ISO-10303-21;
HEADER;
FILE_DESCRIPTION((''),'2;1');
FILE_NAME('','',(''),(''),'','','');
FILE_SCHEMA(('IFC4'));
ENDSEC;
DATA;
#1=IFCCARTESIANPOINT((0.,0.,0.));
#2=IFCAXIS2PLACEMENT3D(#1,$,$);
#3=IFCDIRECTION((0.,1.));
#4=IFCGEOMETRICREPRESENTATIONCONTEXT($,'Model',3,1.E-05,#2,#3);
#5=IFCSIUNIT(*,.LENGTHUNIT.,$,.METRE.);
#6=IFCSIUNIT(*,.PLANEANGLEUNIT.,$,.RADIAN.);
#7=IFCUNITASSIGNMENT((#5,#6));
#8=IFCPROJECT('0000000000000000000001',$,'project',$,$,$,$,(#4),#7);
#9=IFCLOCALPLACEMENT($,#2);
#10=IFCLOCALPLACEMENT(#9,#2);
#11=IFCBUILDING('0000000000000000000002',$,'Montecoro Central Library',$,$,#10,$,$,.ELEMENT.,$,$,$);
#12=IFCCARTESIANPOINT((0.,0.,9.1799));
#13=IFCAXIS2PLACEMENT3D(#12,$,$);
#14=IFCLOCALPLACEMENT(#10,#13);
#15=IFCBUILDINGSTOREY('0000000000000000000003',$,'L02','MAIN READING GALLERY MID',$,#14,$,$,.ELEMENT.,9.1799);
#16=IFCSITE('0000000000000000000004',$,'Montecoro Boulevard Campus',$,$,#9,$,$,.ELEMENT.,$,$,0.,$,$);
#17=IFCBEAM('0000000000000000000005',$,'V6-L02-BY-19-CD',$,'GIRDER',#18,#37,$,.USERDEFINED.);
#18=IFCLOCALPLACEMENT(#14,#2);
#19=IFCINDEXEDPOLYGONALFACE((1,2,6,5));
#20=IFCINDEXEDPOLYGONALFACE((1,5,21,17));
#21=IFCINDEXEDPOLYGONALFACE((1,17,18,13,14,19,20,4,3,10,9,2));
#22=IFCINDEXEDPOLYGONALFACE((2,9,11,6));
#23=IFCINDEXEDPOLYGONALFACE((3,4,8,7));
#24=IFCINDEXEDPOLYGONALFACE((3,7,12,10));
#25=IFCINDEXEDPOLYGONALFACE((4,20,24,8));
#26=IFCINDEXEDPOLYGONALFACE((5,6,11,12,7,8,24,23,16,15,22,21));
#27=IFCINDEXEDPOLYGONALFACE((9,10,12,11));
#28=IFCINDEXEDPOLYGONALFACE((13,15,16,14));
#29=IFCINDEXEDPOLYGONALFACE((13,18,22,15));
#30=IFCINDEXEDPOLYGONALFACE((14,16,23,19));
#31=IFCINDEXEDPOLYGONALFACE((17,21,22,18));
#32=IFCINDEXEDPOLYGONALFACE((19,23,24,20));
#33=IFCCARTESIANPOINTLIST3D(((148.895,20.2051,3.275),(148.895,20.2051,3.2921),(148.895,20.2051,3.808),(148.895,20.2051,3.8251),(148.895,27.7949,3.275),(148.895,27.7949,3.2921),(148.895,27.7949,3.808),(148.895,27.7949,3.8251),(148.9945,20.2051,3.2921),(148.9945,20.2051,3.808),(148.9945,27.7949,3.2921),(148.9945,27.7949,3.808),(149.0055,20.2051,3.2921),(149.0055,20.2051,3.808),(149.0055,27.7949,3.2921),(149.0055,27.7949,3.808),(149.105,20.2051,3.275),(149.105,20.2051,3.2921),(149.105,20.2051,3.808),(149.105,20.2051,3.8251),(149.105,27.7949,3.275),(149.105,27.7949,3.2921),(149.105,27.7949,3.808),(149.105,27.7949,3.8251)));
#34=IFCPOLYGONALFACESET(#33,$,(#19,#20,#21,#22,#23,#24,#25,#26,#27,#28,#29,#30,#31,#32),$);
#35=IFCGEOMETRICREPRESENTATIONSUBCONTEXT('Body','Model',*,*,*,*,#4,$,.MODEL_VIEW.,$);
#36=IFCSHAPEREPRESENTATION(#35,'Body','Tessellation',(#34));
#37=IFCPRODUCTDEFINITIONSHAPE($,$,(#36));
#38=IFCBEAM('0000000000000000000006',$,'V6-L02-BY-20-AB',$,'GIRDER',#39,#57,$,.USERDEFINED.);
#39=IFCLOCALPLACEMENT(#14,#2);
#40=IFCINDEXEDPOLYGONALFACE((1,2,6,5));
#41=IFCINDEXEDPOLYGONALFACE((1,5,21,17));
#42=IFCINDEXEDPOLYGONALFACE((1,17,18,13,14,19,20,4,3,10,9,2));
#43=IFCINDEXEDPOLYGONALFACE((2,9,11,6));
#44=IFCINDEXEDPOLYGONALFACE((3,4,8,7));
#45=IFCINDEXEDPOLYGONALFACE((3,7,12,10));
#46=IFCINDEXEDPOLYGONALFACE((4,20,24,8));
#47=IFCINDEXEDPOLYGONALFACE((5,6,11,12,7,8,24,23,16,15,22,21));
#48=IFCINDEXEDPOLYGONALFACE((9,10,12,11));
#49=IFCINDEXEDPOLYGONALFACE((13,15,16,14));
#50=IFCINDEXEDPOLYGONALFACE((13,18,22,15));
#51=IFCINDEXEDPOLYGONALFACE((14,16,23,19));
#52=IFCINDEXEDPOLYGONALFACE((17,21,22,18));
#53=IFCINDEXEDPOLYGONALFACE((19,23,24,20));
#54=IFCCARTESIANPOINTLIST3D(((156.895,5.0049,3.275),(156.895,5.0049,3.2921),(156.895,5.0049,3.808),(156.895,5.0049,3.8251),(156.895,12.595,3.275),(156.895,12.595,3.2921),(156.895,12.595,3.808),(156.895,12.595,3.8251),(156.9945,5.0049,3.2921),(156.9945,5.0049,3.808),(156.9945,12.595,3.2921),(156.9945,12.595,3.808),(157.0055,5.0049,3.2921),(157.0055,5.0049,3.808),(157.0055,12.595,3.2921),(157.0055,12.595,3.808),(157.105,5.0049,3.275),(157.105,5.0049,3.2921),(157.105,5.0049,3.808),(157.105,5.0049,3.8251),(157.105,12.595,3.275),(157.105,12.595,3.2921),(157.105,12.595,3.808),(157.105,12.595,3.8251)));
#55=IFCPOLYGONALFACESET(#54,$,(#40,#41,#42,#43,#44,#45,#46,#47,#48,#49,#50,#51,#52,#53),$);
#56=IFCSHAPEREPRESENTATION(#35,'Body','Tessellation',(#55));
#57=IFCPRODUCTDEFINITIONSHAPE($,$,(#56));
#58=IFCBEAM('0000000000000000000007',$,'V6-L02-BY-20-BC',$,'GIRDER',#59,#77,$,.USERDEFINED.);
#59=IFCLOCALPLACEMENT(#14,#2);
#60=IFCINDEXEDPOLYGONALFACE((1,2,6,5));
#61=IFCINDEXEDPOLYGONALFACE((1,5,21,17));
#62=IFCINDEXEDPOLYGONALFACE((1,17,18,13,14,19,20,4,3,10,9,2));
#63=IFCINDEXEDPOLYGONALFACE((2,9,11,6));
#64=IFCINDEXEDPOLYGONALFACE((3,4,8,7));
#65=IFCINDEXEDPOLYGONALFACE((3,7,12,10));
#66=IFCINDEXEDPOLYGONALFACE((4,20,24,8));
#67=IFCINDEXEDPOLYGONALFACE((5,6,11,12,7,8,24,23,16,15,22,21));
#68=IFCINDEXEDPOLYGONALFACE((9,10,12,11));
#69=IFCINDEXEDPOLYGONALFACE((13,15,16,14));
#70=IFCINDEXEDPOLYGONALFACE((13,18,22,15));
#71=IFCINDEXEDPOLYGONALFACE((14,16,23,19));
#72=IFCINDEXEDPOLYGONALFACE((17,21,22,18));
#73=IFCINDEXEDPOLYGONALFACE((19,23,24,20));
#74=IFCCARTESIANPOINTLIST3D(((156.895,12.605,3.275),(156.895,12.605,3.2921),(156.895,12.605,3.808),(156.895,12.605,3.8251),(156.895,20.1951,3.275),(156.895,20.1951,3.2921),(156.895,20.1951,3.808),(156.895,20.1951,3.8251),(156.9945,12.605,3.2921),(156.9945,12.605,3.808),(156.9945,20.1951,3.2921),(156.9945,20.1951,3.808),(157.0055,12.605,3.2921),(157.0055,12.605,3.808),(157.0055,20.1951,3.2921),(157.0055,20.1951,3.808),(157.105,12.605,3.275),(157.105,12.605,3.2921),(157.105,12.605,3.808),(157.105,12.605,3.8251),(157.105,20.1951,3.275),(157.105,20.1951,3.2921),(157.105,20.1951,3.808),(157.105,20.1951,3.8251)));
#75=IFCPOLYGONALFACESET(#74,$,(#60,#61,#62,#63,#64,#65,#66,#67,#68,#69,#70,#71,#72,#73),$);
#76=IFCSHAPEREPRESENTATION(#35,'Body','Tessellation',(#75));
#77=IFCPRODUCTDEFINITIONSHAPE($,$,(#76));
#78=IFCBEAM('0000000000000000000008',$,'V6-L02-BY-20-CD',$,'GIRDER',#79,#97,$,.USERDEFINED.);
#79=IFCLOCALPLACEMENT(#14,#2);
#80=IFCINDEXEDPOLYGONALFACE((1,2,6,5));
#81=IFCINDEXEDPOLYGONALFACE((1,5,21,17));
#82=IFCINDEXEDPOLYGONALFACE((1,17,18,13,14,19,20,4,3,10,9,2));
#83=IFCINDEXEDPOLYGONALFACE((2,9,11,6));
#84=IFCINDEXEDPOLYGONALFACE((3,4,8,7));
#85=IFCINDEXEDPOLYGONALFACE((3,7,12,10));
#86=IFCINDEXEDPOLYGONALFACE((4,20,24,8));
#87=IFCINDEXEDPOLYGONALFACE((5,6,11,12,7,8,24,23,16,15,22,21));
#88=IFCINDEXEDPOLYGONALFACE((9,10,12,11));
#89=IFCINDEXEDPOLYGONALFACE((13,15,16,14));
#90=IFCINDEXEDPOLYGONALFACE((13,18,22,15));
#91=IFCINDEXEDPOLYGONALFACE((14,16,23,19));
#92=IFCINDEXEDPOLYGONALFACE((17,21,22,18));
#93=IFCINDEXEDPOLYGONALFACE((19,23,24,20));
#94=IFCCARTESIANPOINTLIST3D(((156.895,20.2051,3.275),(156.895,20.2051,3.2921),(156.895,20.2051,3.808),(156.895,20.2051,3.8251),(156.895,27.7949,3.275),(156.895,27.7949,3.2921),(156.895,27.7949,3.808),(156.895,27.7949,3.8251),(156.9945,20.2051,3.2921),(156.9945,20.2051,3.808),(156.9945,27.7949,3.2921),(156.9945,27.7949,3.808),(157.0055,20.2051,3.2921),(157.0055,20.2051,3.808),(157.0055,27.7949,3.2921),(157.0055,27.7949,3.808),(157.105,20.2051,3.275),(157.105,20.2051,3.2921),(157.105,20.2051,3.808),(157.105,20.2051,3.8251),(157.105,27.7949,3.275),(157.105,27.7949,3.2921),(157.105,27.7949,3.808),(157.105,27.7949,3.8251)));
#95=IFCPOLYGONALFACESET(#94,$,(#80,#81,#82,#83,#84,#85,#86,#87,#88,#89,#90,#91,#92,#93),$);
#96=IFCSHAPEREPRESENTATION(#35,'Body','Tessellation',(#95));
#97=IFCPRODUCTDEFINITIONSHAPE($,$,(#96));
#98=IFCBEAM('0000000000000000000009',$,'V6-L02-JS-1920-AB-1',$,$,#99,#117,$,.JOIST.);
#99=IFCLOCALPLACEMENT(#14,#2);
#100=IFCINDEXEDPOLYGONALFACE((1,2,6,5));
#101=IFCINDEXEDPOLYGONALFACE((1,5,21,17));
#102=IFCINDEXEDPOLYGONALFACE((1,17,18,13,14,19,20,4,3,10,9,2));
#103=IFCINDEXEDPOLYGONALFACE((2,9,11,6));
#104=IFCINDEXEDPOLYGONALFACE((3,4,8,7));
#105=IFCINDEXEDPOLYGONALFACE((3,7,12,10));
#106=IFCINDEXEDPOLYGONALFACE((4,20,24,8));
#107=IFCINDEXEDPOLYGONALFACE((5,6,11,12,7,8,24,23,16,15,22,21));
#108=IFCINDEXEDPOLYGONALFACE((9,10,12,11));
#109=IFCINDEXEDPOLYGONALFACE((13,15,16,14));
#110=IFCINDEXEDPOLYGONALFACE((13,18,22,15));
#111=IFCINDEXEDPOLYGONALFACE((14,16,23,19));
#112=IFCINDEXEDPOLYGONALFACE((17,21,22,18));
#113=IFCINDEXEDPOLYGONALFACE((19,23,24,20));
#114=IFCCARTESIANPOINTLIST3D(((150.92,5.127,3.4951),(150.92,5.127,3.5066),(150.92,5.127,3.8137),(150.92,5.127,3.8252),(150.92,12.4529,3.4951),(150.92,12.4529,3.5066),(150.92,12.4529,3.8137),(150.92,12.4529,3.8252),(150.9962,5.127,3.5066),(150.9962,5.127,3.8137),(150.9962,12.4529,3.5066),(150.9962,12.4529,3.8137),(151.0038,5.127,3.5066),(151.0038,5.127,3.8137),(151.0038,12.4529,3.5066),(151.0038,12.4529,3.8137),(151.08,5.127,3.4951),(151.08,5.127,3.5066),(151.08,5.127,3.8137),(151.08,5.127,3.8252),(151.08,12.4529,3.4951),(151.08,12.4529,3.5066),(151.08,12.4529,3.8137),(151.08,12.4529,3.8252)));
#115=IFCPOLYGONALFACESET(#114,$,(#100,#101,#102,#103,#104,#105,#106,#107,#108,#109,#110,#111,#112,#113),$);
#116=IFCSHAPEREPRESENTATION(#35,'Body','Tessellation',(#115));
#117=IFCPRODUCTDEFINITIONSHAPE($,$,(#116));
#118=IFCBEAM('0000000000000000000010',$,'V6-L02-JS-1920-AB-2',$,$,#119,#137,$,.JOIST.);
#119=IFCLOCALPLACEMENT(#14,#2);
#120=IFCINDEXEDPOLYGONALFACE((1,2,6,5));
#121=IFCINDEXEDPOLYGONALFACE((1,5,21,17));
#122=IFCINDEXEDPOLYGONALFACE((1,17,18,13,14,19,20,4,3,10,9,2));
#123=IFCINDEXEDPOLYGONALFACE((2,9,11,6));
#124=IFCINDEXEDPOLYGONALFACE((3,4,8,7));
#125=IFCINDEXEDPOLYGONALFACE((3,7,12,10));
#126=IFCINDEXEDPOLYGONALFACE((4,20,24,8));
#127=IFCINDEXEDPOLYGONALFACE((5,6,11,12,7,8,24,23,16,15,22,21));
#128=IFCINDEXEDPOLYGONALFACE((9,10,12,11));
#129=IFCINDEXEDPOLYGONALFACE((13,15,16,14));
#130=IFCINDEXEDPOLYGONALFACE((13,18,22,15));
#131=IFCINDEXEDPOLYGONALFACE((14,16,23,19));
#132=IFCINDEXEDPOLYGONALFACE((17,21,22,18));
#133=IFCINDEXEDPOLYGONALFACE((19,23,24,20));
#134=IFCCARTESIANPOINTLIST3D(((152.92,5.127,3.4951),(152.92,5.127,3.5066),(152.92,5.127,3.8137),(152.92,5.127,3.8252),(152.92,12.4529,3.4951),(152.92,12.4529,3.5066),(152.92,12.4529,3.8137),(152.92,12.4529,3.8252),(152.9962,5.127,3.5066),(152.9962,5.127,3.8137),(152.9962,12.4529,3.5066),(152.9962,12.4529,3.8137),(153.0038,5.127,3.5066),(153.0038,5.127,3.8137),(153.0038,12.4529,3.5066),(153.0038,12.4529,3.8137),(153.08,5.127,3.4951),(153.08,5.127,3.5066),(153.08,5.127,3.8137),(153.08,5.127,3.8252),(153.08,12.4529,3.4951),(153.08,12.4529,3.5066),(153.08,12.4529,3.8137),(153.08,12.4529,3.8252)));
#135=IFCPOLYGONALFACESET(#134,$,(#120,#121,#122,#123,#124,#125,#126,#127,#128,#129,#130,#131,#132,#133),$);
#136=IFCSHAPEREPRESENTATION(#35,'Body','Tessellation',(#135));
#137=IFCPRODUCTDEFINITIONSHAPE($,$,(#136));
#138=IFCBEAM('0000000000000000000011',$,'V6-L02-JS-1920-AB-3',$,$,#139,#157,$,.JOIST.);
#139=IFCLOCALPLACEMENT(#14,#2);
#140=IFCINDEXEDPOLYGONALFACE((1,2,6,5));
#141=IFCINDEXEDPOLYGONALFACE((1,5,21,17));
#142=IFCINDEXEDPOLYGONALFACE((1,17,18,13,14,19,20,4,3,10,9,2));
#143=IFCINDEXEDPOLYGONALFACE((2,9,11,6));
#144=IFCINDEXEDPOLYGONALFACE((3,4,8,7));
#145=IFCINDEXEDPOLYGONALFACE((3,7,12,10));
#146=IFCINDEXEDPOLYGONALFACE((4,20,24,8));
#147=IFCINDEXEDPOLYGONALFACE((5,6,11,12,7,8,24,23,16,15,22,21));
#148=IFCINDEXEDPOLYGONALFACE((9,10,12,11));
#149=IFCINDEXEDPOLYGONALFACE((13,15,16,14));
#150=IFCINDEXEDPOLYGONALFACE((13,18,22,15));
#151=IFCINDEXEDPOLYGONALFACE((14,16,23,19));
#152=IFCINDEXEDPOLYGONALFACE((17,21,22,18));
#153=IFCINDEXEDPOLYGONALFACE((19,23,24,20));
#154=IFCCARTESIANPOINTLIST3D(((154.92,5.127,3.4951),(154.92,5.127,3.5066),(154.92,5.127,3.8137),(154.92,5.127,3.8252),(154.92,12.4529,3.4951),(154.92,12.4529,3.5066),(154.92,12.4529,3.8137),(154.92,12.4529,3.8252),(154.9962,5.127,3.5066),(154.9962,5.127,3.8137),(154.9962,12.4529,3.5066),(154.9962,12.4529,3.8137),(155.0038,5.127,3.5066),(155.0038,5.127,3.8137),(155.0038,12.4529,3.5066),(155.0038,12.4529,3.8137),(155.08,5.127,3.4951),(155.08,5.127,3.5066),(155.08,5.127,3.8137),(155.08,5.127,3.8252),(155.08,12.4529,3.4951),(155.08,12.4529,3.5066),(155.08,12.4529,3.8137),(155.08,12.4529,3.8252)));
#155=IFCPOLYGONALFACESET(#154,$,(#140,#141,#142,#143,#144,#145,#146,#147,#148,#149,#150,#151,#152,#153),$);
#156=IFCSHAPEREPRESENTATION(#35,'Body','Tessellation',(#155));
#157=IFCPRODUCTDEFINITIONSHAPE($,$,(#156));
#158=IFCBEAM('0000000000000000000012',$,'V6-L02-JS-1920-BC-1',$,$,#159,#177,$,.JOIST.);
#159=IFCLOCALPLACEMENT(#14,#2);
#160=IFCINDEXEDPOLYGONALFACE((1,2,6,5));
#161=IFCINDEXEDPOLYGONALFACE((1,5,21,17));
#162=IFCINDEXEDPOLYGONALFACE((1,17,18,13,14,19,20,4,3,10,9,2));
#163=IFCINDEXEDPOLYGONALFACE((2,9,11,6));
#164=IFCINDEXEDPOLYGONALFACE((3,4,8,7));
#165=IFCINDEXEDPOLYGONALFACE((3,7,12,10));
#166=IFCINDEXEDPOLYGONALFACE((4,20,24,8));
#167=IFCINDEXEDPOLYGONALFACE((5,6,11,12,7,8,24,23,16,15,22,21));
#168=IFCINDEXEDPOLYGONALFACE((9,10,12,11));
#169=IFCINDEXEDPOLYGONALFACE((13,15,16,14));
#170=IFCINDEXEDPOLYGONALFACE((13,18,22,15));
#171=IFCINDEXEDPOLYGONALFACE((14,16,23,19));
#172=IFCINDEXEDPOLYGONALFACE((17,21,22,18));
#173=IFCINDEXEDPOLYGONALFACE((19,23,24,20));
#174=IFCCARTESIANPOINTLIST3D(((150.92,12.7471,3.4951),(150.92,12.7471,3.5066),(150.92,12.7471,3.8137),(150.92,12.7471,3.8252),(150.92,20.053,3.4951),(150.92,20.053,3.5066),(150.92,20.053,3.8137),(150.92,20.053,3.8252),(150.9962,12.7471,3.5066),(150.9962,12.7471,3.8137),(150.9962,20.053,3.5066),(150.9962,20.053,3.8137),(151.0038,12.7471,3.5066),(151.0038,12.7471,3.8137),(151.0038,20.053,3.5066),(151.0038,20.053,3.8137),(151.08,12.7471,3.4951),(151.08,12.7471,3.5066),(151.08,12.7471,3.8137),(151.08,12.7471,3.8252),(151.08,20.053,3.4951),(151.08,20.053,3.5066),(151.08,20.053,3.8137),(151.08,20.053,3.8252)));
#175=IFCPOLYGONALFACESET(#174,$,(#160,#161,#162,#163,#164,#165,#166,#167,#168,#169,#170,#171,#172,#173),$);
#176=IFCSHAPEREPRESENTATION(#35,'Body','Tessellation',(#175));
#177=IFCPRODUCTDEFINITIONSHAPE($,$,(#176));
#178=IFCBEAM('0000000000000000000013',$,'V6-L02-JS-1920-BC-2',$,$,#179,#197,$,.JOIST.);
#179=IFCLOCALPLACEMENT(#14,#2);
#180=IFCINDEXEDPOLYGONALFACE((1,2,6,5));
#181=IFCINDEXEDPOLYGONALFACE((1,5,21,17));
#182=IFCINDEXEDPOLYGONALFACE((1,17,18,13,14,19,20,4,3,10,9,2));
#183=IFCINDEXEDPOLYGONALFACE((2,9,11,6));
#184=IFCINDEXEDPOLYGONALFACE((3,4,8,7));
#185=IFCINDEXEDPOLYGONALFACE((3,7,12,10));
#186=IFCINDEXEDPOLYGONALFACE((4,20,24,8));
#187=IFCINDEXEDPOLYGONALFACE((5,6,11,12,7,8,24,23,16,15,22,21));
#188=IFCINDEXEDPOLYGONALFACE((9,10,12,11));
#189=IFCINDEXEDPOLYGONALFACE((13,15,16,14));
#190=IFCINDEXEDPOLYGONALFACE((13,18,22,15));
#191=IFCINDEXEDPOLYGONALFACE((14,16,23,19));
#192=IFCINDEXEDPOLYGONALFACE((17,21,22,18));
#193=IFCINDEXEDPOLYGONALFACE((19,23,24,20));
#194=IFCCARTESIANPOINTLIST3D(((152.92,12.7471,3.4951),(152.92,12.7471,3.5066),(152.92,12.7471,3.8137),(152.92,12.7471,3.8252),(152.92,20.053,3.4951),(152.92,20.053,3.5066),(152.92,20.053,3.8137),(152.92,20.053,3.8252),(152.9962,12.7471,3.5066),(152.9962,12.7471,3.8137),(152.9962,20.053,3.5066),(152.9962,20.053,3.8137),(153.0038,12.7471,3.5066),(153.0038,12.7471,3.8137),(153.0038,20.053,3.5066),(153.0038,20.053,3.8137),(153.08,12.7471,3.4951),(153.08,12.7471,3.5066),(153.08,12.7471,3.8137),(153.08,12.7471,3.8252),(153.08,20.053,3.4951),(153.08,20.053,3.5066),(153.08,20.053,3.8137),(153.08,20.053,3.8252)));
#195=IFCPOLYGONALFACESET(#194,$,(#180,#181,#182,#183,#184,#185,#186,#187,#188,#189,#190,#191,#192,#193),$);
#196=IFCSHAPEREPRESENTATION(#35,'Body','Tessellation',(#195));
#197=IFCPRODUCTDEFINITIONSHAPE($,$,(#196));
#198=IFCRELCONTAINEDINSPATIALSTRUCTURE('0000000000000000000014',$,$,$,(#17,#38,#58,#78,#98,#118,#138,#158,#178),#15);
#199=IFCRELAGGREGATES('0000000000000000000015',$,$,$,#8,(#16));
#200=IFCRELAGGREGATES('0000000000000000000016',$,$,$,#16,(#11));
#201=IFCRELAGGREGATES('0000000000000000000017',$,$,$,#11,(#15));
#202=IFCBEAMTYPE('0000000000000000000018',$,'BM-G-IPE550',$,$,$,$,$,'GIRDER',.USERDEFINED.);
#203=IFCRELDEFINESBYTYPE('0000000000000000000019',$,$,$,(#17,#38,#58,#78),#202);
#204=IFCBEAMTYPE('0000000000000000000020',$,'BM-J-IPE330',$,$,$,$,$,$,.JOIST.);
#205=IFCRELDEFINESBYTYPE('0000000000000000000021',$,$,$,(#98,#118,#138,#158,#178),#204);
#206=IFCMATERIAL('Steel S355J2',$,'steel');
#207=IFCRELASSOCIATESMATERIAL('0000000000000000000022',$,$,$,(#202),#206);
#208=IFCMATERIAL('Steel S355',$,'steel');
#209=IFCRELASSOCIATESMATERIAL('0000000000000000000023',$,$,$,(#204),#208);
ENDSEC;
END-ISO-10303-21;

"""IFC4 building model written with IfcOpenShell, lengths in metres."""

from ifc_helpers import new_model, si_unit, direction, frame, origin, origin_2d, place, context, subcontext, project, spatial, i_section, extrude, material, material_profile, profile_set, type_object, element, save


model = new_model("IFC4")

# Units and contexts
model_context = context("Model", 3, precision=1e-05, world=origin(), true_north=direction((0.0, 1.0)))
body_context = subcontext(model_context, "Body", "Model", "MODEL_VIEW")
ifc_project = project(units=[si_unit("LENGTHUNIT", "METRE"), si_unit("PLANEANGLEUNIT", "RADIAN")], contexts=[model_context])

# Site, building, storey
site_placement = place(None, origin())
site = spatial("IfcSite", under=ifc_project, at=site_placement, Name="Montecoro Boulevard Campus", CompositionType="ELEMENT", RefElevation=0.0)
building_placement = place(site_placement, origin())
building = spatial("IfcBuilding", under=site, at=building_placement, Name="Montecoro Central Library", CompositionType="ELEMENT")
storey_placement = place(building_placement, frame((0.0, 0.0, 9.1799)))
storey = spatial("IfcBuildingStorey", under=building, at=storey_placement, Name="L02", Description="MAIN READING GALLERY MID", CompositionType="ELEMENT", Elevation=9.1799)

# Shared definitions
ifc_material_1 = material(Name="Steel S355", Category="steel")

# Beams
ifc_material_2 = material(Name="Steel S355J2", Category="steel")
ifc_material_profile_1 = material_profile(ifc_material_2, i_section(OverallWidth=0.21, OverallDepth=0.55, WebThickness=0.011, FlangeThickness=0.0171, at=origin_2d()), Name="IPE 550")
ifc_profile_set_1 = profile_set([ifc_material_profile_1], Name="Steel S355J2")
beam_type_1 = type_object("IfcBeamType", Name="BM-G-IPE550", ElementType="GIRDER", PredefinedType="USERDEFINED", material=ifc_profile_set_1)
beam_1_placement = place(storey_placement, frame((149.0, 20.2051, 3.55), z_axis=(0.0, 1.0, 0.0), x_axis=(-1.0, 0.0, 0.0)))
element("IfcBeam", 1, at=beam_1_placement, inside=storey, type_object=beam_type_1, Name="V6-L02-BY-19-CD", ObjectType="GIRDER", PredefinedType="USERDEFINED", context=body_context, shape_type="SweptSolid", body=[
    extrude(i_section(OverallWidth=0.21, OverallDepth=0.55, WebThickness=0.011, FlangeThickness=0.0171, at=origin_2d()), origin(), (0.0, 0.0, 1.0), 7.5898),
])
for number, where, z_axis, x_axis, name in (
    (2, (157.0, 5.0049, 3.55), (0.0, 1.0, 0.0), (-1.0, 0.0, 0.0), "V6-L02-BY-20-AB"),
    (3, (157.0, 12.605, 3.55), (0.0, 1.0, 0.0), (-1.0, 0.0, 0.0), "V6-L02-BY-20-BC"),
):
    element("IfcBeam", number, at=place(storey_placement, frame(where, z_axis=z_axis, x_axis=x_axis)), inside=storey, type_object=beam_type_1, Name=name, ObjectType="GIRDER", PredefinedType="USERDEFINED", context=body_context, shape_type="SweptSolid", body=[
        extrude(i_section(OverallWidth=0.21, OverallDepth=0.55, WebThickness=0.011, FlangeThickness=0.0171, at=origin_2d()), origin(), (0.0, 0.0, 1.0), 7.5901),
    ])
beam_2_placement = place(storey_placement, frame((157.0, 20.2051, 3.55), z_axis=(0.0, 1.0, 0.0), x_axis=(-1.0, 0.0, 0.0)))
element("IfcBeam", 4, at=beam_2_placement, inside=storey, type_object=beam_type_1, Name="V6-L02-BY-20-CD", ObjectType="GIRDER", PredefinedType="USERDEFINED", context=body_context, shape_type="SweptSolid", body=[
    extrude(i_section(OverallWidth=0.21, OverallDepth=0.55, WebThickness=0.011, FlangeThickness=0.0171, at=origin_2d()), origin(), (0.0, 0.0, 1.0), 7.5898),
])
ifc_material_profile_2 = material_profile(ifc_material_1, i_section(OverallWidth=0.1599, OverallDepth=0.3301, WebThickness=0.0076, FlangeThickness=0.0115, at=origin_2d()), Name="IPE 330")
ifc_profile_set_2 = profile_set([ifc_material_profile_2], Name="Steel S355")
beam_type_2 = type_object("IfcBeamType", Name="BM-J-IPE330", PredefinedType="JOIST", material=ifc_profile_set_2)
for number, where, z_axis, x_axis, name in (
    (5, (151.0, 5.127, 3.6602), (0.0, 1.0, 0.0), (-1.0, 0.0, 0.0), "V6-L02-JS-1920-AB-1"),
    (6, (153.0, 5.127, 3.6602), (0.0, 1.0, 0.0), (-1.0, 0.0, 0.0), "V6-L02-JS-1920-AB-2"),
    (7, (155.0, 5.127, 3.6602), (0.0, 1.0, 0.0), (-1.0, 0.0, 0.0), "V6-L02-JS-1920-AB-3"),
):
    element("IfcBeam", number, at=place(storey_placement, frame(where, z_axis=z_axis, x_axis=x_axis)), inside=storey, type_object=beam_type_2, Name=name, PredefinedType="JOIST", context=body_context, shape_type="SweptSolid", body=[
        extrude(i_section(OverallWidth=0.1599, OverallDepth=0.3301, WebThickness=0.0076, FlangeThickness=0.0115, at=origin_2d()), origin(), (0.0, 0.0, 1.0), 7.3259),
    ])
for number, where, z_axis, x_axis, name in (
    (8, (151.0, 12.7471, 3.6602), (0.0, 1.0, 0.0), (-1.0, 0.0, 0.0), "V6-L02-JS-1920-BC-1"),
    (9, (153.0, 12.7471, 3.6602), (0.0, 1.0, 0.0), (-1.0, 0.0, 0.0), "V6-L02-JS-1920-BC-2"),
):
    element("IfcBeam", number, at=place(storey_placement, frame(where, z_axis=z_axis, x_axis=x_axis)), inside=storey, type_object=beam_type_2, Name=name, PredefinedType="JOIST", context=body_context, shape_type="SweptSolid", body=[
        extrude(i_section(OverallWidth=0.1599, OverallDepth=0.3301, WebThickness=0.0076, FlangeThickness=0.0115, at=origin_2d()), origin(), (0.0, 0.0, 1.0), 7.3059),
    ])

save(model, "model.ifc")
